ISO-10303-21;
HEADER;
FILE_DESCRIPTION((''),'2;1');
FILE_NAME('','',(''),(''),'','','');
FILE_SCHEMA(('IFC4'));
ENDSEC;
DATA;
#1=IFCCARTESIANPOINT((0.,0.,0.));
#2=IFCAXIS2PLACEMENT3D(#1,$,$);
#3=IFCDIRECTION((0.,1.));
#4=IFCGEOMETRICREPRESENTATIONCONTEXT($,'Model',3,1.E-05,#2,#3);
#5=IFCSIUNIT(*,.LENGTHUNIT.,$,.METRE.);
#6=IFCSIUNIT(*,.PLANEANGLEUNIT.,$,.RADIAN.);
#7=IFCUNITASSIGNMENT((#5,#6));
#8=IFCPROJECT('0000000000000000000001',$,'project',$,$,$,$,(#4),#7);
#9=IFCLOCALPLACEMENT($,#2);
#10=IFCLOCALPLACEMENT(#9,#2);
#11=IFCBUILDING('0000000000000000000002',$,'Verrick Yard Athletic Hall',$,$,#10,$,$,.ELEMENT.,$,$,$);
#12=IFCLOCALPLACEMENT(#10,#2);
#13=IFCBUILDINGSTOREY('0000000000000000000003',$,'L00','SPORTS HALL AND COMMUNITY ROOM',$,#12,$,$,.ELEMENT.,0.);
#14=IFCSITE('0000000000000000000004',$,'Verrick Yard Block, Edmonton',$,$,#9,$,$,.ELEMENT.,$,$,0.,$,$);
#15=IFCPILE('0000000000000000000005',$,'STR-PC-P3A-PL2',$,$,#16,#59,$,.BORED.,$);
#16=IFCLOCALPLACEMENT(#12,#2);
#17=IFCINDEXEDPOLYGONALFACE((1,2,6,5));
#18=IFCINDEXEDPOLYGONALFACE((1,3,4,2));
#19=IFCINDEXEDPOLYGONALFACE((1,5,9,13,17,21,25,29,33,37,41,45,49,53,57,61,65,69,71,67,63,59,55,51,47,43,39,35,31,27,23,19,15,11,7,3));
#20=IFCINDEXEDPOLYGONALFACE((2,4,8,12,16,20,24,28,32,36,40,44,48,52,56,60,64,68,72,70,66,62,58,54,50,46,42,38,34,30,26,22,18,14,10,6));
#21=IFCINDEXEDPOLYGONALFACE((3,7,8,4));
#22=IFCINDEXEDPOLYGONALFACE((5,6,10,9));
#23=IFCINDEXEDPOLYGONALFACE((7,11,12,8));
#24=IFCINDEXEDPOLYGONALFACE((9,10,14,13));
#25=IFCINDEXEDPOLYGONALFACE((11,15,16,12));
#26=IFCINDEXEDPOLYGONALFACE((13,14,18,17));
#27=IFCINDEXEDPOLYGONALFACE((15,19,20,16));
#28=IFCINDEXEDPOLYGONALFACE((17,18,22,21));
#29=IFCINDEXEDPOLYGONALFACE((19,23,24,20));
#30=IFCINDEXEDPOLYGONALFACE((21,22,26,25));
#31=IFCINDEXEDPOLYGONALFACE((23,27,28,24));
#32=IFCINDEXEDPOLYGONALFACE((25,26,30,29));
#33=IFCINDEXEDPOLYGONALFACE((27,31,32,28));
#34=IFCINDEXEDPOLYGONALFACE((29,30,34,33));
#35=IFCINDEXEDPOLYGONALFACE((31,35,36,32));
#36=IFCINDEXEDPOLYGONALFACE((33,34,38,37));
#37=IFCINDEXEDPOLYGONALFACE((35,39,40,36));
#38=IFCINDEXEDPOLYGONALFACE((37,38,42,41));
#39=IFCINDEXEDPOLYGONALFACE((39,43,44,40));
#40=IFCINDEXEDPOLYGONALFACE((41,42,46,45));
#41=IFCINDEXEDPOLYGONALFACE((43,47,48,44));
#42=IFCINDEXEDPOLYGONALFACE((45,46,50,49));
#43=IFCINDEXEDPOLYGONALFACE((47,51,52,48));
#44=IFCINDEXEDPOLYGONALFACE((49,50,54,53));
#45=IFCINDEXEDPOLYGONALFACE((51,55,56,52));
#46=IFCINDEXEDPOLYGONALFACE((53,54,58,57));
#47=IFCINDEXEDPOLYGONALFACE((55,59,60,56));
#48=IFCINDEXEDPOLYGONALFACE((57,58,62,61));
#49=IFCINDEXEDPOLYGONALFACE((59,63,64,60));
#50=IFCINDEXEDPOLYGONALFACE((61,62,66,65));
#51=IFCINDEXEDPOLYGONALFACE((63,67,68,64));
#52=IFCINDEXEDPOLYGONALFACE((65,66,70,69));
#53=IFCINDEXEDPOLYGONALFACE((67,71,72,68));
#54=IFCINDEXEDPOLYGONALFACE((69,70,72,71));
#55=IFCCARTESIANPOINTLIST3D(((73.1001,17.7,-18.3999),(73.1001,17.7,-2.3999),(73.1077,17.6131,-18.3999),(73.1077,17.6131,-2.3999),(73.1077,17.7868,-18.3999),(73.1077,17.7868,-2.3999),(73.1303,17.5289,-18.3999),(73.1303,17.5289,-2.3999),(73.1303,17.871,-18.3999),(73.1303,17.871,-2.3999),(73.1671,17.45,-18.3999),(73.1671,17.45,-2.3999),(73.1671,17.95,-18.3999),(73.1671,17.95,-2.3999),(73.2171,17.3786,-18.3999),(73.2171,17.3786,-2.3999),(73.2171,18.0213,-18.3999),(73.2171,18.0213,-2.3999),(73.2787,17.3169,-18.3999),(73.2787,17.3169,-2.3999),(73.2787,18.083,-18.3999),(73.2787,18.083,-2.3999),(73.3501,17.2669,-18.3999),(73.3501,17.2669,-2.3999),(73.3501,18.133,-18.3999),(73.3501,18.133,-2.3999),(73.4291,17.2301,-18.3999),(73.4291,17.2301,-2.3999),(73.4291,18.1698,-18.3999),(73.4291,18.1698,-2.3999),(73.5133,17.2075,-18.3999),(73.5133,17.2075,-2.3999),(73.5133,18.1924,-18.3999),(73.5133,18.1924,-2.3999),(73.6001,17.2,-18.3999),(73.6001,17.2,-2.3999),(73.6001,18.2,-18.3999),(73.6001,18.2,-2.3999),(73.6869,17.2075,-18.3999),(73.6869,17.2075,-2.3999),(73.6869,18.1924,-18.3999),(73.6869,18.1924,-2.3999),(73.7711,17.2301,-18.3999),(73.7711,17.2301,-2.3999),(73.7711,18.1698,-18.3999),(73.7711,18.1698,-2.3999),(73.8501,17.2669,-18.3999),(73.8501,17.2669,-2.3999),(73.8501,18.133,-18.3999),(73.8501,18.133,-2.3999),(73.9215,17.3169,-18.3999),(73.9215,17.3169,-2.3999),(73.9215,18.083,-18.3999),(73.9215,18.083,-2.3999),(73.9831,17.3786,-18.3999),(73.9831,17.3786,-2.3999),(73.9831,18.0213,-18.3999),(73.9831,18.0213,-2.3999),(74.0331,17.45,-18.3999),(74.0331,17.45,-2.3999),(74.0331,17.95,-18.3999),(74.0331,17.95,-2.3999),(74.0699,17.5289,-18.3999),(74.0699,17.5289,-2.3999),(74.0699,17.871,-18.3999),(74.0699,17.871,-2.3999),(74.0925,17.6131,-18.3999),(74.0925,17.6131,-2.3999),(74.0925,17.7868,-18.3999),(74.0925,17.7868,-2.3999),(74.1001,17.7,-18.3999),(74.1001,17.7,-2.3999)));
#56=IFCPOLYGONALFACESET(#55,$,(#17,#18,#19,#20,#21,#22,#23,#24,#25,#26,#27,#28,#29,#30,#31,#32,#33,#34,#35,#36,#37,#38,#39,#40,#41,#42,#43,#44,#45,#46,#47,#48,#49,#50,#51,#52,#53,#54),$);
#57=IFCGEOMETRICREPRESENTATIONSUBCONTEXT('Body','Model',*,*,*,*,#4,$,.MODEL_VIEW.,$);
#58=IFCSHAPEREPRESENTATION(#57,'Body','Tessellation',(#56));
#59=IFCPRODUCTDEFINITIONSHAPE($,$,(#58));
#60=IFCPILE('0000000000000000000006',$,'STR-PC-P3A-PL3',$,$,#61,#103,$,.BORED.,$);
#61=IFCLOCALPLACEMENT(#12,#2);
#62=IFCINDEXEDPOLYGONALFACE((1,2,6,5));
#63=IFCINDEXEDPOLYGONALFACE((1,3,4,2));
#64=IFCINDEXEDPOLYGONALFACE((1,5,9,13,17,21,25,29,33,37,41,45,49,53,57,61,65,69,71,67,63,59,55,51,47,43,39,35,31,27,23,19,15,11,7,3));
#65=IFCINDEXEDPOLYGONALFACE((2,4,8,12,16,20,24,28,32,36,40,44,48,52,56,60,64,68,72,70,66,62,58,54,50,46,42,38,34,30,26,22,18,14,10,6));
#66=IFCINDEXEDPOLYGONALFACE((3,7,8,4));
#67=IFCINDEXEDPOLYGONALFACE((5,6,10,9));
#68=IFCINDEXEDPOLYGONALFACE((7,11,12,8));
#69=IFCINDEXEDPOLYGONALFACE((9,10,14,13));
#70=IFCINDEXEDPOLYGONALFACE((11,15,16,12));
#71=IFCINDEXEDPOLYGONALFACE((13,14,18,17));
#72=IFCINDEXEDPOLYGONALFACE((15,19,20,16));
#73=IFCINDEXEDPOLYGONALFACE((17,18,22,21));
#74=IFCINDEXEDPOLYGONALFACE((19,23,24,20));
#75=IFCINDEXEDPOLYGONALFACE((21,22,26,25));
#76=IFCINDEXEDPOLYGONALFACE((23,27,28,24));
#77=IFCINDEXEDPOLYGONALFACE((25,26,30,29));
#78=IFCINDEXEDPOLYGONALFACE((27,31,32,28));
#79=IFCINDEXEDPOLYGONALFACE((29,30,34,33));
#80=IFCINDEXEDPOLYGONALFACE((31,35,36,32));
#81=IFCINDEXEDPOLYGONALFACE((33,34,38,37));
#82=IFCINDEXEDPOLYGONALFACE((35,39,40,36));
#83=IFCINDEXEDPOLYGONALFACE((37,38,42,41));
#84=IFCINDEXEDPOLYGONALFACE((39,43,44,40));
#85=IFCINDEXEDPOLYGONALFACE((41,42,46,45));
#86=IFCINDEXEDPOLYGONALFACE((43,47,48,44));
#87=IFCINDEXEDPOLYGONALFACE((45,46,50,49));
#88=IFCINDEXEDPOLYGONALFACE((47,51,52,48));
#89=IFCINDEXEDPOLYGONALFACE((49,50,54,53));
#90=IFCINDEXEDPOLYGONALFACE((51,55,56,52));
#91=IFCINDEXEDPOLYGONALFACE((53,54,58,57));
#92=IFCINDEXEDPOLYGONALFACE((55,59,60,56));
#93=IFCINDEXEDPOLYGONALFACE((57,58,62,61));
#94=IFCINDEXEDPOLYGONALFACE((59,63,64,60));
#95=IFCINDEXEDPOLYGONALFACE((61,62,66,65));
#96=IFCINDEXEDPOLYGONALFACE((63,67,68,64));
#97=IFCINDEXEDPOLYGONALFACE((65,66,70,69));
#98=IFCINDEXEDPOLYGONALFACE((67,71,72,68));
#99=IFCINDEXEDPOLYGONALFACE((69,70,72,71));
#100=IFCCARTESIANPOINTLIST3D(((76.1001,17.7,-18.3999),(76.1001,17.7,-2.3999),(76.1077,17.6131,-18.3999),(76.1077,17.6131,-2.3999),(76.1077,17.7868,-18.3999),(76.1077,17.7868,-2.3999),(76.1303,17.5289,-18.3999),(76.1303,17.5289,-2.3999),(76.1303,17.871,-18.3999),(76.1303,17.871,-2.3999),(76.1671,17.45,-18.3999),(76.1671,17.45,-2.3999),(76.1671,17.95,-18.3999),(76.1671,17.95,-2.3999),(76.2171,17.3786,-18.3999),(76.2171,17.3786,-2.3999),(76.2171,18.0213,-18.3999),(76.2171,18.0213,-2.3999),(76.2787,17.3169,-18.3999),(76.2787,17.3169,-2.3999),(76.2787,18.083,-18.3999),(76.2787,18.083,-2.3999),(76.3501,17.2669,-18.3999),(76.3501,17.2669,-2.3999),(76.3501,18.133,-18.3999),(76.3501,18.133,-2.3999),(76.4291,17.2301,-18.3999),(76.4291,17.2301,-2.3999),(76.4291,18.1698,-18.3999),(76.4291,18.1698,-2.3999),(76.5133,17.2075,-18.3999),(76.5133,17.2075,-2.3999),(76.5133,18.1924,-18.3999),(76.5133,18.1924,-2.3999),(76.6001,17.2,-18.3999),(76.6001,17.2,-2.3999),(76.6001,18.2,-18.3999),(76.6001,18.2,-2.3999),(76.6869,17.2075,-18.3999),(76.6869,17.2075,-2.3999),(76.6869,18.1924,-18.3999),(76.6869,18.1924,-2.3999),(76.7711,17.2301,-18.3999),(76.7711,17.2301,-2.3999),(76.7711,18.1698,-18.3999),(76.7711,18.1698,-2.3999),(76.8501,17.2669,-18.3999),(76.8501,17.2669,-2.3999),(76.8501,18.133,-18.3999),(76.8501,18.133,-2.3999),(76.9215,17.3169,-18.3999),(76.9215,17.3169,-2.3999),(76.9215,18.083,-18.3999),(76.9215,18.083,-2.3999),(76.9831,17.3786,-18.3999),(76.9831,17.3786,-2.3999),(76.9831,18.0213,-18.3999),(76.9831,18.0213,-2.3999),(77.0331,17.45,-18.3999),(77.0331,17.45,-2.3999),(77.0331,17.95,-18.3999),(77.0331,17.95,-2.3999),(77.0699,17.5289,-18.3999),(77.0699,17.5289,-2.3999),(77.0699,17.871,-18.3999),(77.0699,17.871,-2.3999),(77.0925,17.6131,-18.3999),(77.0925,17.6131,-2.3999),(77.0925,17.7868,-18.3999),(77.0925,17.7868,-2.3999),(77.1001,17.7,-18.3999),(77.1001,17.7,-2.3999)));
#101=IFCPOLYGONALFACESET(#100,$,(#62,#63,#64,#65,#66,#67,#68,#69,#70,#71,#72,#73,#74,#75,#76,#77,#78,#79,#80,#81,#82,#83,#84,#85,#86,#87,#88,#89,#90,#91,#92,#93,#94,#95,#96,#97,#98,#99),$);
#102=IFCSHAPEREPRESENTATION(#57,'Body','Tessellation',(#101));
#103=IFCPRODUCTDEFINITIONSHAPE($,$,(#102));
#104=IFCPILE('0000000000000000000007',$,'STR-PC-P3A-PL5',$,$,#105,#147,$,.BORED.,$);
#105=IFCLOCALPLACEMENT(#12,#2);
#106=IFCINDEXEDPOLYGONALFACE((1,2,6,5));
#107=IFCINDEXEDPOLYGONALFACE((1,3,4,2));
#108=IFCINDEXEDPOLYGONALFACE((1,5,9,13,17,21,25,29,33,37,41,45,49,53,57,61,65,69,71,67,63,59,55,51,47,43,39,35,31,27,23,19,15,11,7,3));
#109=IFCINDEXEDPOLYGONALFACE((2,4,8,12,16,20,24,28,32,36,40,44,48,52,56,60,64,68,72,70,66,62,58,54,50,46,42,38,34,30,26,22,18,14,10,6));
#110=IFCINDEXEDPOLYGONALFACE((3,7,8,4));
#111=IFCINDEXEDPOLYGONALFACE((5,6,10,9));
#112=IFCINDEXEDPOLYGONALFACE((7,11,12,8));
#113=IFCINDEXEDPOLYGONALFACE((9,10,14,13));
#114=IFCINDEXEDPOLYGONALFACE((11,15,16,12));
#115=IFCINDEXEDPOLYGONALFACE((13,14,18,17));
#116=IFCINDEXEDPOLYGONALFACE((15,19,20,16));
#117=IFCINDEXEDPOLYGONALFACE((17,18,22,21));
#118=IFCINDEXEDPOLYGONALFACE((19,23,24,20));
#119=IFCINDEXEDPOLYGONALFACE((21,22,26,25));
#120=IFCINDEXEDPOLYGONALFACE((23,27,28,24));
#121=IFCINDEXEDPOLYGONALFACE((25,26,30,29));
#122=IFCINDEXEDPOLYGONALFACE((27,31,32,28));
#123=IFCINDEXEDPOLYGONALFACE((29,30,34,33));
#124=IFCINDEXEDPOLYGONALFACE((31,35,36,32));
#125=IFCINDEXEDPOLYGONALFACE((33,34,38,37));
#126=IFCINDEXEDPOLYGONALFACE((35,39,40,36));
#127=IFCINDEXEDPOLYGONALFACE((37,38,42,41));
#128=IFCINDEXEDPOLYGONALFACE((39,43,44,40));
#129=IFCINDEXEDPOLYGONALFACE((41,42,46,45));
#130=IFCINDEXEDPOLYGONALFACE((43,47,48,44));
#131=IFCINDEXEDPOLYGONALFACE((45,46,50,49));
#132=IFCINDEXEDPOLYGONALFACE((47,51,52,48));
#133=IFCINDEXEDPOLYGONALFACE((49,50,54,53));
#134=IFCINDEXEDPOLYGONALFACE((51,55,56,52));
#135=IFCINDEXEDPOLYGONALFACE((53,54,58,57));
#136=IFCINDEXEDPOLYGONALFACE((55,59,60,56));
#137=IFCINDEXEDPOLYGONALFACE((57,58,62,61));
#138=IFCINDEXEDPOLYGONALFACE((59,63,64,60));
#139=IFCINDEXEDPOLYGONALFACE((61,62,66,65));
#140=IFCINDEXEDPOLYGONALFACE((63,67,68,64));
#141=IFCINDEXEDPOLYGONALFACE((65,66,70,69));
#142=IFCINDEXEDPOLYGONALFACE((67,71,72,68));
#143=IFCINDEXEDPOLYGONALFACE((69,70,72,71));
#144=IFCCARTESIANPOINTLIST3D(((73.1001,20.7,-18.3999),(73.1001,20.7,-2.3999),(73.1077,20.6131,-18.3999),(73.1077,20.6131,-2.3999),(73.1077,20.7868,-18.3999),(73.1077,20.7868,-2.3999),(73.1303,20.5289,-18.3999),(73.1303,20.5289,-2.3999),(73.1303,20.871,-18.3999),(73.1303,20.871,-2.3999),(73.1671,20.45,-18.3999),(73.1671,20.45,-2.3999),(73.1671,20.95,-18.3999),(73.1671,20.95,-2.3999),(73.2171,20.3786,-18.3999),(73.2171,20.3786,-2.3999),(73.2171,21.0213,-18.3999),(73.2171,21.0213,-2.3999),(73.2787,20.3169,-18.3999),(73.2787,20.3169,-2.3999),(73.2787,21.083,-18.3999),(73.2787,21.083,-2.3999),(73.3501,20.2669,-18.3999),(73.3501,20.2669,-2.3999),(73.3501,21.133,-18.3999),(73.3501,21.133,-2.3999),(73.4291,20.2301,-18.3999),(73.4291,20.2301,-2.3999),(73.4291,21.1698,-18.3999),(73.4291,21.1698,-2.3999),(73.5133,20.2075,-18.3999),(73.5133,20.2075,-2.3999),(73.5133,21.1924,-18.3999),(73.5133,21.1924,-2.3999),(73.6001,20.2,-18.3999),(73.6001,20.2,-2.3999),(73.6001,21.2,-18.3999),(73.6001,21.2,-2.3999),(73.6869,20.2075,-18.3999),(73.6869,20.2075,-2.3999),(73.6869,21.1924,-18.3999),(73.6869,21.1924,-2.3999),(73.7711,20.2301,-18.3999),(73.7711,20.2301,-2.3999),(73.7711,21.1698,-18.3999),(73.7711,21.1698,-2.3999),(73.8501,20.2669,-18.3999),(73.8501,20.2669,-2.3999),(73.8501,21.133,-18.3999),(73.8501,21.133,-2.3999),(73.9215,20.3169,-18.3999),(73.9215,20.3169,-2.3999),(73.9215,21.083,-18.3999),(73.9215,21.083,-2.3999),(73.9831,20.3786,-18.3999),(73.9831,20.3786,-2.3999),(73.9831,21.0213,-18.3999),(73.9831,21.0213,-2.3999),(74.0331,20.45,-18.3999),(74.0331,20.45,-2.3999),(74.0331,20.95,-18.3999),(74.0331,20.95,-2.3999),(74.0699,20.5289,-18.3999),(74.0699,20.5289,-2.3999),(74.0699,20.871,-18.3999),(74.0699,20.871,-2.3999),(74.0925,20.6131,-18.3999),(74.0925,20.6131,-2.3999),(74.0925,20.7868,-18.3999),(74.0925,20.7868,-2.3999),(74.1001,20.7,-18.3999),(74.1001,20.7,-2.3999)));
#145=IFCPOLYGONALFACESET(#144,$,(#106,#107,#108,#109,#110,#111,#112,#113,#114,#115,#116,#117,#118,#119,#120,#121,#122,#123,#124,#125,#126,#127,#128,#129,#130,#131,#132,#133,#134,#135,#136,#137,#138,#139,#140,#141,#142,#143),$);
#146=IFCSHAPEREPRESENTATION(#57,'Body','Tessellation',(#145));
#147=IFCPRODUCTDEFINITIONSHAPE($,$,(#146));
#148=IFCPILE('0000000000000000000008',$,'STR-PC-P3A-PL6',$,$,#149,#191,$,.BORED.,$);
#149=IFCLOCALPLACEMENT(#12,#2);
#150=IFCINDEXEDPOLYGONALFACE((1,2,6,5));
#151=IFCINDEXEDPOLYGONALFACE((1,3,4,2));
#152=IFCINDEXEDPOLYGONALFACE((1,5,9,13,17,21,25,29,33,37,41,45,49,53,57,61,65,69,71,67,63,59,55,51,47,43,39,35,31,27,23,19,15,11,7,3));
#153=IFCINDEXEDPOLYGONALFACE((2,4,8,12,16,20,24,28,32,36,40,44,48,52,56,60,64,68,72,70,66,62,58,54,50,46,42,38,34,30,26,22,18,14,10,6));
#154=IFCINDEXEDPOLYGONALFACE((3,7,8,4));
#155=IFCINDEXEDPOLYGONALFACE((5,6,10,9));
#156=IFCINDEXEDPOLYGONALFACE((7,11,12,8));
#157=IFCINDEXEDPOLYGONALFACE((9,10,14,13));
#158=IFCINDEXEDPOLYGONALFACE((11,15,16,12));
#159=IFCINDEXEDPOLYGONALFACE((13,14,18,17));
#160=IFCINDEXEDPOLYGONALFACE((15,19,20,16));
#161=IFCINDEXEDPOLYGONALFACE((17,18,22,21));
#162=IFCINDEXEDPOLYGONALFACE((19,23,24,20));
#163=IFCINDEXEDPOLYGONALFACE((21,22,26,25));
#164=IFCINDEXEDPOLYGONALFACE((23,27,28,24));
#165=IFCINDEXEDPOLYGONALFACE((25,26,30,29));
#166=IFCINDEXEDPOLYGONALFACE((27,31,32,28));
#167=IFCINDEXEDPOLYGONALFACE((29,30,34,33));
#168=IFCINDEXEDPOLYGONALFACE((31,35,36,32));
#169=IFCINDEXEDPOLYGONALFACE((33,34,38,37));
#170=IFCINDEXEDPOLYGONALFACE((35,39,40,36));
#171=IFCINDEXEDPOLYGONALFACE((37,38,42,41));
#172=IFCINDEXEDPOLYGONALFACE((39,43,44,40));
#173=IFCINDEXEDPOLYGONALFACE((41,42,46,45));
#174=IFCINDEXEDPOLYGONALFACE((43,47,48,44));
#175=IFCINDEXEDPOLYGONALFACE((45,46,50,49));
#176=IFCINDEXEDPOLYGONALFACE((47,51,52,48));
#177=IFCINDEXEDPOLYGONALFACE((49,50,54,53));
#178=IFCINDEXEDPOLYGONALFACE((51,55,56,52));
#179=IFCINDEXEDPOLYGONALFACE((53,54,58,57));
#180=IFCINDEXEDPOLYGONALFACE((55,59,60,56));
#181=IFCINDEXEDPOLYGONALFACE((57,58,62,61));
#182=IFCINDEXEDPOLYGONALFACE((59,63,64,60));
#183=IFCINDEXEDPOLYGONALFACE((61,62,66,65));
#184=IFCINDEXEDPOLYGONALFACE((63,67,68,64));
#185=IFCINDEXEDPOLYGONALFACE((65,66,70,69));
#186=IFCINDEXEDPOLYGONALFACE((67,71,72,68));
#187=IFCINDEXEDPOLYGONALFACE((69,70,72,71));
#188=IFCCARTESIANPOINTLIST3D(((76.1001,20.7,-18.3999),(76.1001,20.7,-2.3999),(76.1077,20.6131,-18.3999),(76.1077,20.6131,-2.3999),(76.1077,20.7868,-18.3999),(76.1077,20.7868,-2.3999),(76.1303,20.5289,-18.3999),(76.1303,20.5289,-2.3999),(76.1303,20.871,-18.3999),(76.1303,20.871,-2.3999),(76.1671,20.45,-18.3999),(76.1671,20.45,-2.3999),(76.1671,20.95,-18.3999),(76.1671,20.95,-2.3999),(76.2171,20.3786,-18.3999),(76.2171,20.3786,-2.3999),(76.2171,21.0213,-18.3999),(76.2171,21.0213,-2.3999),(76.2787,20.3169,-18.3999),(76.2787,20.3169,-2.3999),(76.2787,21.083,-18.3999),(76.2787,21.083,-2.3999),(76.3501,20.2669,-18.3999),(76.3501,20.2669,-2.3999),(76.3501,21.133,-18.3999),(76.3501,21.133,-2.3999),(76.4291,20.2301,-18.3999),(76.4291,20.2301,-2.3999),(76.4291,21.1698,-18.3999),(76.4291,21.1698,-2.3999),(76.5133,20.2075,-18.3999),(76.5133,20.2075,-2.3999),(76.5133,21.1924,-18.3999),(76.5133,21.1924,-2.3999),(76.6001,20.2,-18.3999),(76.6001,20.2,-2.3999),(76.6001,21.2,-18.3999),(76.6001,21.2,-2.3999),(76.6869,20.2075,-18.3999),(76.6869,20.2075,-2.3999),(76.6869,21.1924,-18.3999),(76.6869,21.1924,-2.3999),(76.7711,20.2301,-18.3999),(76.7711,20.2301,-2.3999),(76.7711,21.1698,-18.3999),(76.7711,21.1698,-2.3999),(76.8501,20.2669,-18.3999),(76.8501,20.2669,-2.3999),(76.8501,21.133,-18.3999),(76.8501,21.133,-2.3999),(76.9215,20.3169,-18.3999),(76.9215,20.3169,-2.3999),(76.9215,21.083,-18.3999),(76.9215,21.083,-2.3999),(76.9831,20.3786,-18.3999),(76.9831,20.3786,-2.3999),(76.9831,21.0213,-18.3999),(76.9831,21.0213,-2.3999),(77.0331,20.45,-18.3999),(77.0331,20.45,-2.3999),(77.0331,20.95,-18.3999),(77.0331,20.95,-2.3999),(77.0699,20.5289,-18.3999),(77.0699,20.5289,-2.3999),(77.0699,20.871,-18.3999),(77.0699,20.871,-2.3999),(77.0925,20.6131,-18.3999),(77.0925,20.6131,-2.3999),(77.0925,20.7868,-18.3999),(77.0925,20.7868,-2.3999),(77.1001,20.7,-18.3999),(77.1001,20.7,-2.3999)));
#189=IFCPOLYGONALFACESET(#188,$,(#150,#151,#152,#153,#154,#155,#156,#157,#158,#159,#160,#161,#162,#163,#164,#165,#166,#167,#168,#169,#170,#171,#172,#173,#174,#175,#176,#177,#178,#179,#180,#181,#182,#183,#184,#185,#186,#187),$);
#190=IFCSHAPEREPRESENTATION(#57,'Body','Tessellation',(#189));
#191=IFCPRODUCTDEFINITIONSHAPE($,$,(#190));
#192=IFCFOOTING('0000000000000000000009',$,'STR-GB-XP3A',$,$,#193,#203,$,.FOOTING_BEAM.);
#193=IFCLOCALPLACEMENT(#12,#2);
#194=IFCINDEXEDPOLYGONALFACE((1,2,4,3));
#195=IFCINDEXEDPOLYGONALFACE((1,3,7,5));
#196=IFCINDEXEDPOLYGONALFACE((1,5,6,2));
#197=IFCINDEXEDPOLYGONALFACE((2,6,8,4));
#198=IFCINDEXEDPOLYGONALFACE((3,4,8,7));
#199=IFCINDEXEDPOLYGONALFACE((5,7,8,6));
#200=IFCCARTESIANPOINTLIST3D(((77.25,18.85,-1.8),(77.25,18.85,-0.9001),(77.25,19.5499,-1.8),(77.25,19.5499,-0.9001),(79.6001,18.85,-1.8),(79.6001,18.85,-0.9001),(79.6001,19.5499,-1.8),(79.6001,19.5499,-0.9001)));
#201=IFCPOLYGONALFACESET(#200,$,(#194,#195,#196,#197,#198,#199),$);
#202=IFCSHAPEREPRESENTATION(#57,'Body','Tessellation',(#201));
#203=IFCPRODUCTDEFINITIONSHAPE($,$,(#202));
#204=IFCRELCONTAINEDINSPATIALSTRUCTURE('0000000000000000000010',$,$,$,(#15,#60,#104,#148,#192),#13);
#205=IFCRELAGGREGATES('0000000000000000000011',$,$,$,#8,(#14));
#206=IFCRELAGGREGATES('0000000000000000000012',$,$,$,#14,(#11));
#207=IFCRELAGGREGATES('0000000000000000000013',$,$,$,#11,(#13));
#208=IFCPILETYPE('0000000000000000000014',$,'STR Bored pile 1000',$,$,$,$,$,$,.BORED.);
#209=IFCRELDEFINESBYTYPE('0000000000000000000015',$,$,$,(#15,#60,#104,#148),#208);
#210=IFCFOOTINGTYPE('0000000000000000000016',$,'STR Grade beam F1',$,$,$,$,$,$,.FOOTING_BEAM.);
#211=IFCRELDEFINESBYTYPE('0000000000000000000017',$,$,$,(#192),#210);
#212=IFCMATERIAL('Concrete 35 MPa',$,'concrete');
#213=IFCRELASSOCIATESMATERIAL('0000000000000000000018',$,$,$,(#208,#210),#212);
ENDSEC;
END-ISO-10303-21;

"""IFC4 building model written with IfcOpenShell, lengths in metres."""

from ifc_helpers import new_model, si_unit, direction, frame, origin, origin_2d, place, context, subcontext, project, spatial, rectangle, circle, extrude, material, material_profile, profile_set, type_object, element, save


model = new_model("IFC4")

# Units and contexts
model_context = context("Model", 3, precision=1e-05, world=origin(), true_north=direction((0.0, 1.0)))
body_context = subcontext(model_context, "Body", "Model", "MODEL_VIEW")
ifc_project = project(units=[si_unit("LENGTHUNIT", "METRE"), si_unit("PLANEANGLEUNIT", "RADIAN")], contexts=[model_context])

# Site, building, storey
site_placement = place(None, origin())
site = spatial("IfcSite", under=ifc_project, at=site_placement, Name="Verrick Yard Block, Edmonton", CompositionType="ELEMENT", RefElevation=0.0)
building_placement = place(site_placement, origin())
building = spatial("IfcBuilding", under=site, at=building_placement, Name="Verrick Yard Athletic Hall", CompositionType="ELEMENT")
storey_placement = place(building_placement, origin())
storey = spatial("IfcBuildingStorey", under=building, at=storey_placement, Name="L00", Description="SPORTS HALL AND COMMUNITY ROOM", CompositionType="ELEMENT", Elevation=0.0)

# Piles
ifc_material_1 = material(Name="Concrete 35 MPa", Category="concrete")
pile_type = type_object("IfcPileType", Name="STR Bored pile 1000", PredefinedType="BORED", material=ifc_material_1)
for number, where, z_axis, x_axis, name in (
    (1, (73.6001, 17.7, -2.3999), (0.0, 0.0, -1.0), (1.0, 0.0, 0.0), "STR-PC-P3A-PL2"),
    (2, (76.6001, 17.7, -2.3999), (0.0, 0.0, -1.0), (1.0, 0.0, 0.0), "STR-PC-P3A-PL3"),
    (3, (73.6001, 20.7, -2.3999), (0.0, 0.0, -1.0), (1.0, 0.0, 0.0), "STR-PC-P3A-PL5"),
    (4, (76.6001, 20.7, -2.3999), (0.0, 0.0, -1.0), (1.0, 0.0, 0.0), "STR-PC-P3A-PL6"),
):
    element("IfcPile", number, at=place(storey_placement, frame(where, z_axis=z_axis, x_axis=x_axis)), inside=storey, type_object=pile_type, Name=name, PredefinedType="BORED", context=body_context, shape_type="SweptSolid", body=[
        extrude(circle(Radius=0.5, at=origin_2d()), origin(), (0.0, 0.0, 1.0), 16.0),
    ])

# Footing
ifc_material_profile_1 = material_profile(ifc_material_1, rectangle(XDim=0.7, YDim=0.8999, at=origin_2d()), Name="STR Grade beam F1")
ifc_profile_set_1 = profile_set([ifc_material_profile_1], Name="Concrete 35 MPa")
footing_type = type_object("IfcFootingType", Name="STR Grade beam F1", PredefinedType="FOOTING_BEAM", material=ifc_profile_set_1)
footing_placement = place(storey_placement, frame((77.25, 19.2, -1.3501), z_axis=(1.0, 0.0, 0.0), x_axis=(0.0, 1.0, 0.0)))
element("IfcFooting", 5, at=footing_placement, inside=storey, type_object=footing_type, Name="STR-GB-XP3A", PredefinedType="FOOTING_BEAM", context=body_context, shape_type="SweptSolid", body=[
    extrude(rectangle(XDim=0.7, YDim=0.8999, at=origin_2d()), origin(), (0.0, 0.0, 1.0), 2.3501),
])

save(model, "model.ifc")
